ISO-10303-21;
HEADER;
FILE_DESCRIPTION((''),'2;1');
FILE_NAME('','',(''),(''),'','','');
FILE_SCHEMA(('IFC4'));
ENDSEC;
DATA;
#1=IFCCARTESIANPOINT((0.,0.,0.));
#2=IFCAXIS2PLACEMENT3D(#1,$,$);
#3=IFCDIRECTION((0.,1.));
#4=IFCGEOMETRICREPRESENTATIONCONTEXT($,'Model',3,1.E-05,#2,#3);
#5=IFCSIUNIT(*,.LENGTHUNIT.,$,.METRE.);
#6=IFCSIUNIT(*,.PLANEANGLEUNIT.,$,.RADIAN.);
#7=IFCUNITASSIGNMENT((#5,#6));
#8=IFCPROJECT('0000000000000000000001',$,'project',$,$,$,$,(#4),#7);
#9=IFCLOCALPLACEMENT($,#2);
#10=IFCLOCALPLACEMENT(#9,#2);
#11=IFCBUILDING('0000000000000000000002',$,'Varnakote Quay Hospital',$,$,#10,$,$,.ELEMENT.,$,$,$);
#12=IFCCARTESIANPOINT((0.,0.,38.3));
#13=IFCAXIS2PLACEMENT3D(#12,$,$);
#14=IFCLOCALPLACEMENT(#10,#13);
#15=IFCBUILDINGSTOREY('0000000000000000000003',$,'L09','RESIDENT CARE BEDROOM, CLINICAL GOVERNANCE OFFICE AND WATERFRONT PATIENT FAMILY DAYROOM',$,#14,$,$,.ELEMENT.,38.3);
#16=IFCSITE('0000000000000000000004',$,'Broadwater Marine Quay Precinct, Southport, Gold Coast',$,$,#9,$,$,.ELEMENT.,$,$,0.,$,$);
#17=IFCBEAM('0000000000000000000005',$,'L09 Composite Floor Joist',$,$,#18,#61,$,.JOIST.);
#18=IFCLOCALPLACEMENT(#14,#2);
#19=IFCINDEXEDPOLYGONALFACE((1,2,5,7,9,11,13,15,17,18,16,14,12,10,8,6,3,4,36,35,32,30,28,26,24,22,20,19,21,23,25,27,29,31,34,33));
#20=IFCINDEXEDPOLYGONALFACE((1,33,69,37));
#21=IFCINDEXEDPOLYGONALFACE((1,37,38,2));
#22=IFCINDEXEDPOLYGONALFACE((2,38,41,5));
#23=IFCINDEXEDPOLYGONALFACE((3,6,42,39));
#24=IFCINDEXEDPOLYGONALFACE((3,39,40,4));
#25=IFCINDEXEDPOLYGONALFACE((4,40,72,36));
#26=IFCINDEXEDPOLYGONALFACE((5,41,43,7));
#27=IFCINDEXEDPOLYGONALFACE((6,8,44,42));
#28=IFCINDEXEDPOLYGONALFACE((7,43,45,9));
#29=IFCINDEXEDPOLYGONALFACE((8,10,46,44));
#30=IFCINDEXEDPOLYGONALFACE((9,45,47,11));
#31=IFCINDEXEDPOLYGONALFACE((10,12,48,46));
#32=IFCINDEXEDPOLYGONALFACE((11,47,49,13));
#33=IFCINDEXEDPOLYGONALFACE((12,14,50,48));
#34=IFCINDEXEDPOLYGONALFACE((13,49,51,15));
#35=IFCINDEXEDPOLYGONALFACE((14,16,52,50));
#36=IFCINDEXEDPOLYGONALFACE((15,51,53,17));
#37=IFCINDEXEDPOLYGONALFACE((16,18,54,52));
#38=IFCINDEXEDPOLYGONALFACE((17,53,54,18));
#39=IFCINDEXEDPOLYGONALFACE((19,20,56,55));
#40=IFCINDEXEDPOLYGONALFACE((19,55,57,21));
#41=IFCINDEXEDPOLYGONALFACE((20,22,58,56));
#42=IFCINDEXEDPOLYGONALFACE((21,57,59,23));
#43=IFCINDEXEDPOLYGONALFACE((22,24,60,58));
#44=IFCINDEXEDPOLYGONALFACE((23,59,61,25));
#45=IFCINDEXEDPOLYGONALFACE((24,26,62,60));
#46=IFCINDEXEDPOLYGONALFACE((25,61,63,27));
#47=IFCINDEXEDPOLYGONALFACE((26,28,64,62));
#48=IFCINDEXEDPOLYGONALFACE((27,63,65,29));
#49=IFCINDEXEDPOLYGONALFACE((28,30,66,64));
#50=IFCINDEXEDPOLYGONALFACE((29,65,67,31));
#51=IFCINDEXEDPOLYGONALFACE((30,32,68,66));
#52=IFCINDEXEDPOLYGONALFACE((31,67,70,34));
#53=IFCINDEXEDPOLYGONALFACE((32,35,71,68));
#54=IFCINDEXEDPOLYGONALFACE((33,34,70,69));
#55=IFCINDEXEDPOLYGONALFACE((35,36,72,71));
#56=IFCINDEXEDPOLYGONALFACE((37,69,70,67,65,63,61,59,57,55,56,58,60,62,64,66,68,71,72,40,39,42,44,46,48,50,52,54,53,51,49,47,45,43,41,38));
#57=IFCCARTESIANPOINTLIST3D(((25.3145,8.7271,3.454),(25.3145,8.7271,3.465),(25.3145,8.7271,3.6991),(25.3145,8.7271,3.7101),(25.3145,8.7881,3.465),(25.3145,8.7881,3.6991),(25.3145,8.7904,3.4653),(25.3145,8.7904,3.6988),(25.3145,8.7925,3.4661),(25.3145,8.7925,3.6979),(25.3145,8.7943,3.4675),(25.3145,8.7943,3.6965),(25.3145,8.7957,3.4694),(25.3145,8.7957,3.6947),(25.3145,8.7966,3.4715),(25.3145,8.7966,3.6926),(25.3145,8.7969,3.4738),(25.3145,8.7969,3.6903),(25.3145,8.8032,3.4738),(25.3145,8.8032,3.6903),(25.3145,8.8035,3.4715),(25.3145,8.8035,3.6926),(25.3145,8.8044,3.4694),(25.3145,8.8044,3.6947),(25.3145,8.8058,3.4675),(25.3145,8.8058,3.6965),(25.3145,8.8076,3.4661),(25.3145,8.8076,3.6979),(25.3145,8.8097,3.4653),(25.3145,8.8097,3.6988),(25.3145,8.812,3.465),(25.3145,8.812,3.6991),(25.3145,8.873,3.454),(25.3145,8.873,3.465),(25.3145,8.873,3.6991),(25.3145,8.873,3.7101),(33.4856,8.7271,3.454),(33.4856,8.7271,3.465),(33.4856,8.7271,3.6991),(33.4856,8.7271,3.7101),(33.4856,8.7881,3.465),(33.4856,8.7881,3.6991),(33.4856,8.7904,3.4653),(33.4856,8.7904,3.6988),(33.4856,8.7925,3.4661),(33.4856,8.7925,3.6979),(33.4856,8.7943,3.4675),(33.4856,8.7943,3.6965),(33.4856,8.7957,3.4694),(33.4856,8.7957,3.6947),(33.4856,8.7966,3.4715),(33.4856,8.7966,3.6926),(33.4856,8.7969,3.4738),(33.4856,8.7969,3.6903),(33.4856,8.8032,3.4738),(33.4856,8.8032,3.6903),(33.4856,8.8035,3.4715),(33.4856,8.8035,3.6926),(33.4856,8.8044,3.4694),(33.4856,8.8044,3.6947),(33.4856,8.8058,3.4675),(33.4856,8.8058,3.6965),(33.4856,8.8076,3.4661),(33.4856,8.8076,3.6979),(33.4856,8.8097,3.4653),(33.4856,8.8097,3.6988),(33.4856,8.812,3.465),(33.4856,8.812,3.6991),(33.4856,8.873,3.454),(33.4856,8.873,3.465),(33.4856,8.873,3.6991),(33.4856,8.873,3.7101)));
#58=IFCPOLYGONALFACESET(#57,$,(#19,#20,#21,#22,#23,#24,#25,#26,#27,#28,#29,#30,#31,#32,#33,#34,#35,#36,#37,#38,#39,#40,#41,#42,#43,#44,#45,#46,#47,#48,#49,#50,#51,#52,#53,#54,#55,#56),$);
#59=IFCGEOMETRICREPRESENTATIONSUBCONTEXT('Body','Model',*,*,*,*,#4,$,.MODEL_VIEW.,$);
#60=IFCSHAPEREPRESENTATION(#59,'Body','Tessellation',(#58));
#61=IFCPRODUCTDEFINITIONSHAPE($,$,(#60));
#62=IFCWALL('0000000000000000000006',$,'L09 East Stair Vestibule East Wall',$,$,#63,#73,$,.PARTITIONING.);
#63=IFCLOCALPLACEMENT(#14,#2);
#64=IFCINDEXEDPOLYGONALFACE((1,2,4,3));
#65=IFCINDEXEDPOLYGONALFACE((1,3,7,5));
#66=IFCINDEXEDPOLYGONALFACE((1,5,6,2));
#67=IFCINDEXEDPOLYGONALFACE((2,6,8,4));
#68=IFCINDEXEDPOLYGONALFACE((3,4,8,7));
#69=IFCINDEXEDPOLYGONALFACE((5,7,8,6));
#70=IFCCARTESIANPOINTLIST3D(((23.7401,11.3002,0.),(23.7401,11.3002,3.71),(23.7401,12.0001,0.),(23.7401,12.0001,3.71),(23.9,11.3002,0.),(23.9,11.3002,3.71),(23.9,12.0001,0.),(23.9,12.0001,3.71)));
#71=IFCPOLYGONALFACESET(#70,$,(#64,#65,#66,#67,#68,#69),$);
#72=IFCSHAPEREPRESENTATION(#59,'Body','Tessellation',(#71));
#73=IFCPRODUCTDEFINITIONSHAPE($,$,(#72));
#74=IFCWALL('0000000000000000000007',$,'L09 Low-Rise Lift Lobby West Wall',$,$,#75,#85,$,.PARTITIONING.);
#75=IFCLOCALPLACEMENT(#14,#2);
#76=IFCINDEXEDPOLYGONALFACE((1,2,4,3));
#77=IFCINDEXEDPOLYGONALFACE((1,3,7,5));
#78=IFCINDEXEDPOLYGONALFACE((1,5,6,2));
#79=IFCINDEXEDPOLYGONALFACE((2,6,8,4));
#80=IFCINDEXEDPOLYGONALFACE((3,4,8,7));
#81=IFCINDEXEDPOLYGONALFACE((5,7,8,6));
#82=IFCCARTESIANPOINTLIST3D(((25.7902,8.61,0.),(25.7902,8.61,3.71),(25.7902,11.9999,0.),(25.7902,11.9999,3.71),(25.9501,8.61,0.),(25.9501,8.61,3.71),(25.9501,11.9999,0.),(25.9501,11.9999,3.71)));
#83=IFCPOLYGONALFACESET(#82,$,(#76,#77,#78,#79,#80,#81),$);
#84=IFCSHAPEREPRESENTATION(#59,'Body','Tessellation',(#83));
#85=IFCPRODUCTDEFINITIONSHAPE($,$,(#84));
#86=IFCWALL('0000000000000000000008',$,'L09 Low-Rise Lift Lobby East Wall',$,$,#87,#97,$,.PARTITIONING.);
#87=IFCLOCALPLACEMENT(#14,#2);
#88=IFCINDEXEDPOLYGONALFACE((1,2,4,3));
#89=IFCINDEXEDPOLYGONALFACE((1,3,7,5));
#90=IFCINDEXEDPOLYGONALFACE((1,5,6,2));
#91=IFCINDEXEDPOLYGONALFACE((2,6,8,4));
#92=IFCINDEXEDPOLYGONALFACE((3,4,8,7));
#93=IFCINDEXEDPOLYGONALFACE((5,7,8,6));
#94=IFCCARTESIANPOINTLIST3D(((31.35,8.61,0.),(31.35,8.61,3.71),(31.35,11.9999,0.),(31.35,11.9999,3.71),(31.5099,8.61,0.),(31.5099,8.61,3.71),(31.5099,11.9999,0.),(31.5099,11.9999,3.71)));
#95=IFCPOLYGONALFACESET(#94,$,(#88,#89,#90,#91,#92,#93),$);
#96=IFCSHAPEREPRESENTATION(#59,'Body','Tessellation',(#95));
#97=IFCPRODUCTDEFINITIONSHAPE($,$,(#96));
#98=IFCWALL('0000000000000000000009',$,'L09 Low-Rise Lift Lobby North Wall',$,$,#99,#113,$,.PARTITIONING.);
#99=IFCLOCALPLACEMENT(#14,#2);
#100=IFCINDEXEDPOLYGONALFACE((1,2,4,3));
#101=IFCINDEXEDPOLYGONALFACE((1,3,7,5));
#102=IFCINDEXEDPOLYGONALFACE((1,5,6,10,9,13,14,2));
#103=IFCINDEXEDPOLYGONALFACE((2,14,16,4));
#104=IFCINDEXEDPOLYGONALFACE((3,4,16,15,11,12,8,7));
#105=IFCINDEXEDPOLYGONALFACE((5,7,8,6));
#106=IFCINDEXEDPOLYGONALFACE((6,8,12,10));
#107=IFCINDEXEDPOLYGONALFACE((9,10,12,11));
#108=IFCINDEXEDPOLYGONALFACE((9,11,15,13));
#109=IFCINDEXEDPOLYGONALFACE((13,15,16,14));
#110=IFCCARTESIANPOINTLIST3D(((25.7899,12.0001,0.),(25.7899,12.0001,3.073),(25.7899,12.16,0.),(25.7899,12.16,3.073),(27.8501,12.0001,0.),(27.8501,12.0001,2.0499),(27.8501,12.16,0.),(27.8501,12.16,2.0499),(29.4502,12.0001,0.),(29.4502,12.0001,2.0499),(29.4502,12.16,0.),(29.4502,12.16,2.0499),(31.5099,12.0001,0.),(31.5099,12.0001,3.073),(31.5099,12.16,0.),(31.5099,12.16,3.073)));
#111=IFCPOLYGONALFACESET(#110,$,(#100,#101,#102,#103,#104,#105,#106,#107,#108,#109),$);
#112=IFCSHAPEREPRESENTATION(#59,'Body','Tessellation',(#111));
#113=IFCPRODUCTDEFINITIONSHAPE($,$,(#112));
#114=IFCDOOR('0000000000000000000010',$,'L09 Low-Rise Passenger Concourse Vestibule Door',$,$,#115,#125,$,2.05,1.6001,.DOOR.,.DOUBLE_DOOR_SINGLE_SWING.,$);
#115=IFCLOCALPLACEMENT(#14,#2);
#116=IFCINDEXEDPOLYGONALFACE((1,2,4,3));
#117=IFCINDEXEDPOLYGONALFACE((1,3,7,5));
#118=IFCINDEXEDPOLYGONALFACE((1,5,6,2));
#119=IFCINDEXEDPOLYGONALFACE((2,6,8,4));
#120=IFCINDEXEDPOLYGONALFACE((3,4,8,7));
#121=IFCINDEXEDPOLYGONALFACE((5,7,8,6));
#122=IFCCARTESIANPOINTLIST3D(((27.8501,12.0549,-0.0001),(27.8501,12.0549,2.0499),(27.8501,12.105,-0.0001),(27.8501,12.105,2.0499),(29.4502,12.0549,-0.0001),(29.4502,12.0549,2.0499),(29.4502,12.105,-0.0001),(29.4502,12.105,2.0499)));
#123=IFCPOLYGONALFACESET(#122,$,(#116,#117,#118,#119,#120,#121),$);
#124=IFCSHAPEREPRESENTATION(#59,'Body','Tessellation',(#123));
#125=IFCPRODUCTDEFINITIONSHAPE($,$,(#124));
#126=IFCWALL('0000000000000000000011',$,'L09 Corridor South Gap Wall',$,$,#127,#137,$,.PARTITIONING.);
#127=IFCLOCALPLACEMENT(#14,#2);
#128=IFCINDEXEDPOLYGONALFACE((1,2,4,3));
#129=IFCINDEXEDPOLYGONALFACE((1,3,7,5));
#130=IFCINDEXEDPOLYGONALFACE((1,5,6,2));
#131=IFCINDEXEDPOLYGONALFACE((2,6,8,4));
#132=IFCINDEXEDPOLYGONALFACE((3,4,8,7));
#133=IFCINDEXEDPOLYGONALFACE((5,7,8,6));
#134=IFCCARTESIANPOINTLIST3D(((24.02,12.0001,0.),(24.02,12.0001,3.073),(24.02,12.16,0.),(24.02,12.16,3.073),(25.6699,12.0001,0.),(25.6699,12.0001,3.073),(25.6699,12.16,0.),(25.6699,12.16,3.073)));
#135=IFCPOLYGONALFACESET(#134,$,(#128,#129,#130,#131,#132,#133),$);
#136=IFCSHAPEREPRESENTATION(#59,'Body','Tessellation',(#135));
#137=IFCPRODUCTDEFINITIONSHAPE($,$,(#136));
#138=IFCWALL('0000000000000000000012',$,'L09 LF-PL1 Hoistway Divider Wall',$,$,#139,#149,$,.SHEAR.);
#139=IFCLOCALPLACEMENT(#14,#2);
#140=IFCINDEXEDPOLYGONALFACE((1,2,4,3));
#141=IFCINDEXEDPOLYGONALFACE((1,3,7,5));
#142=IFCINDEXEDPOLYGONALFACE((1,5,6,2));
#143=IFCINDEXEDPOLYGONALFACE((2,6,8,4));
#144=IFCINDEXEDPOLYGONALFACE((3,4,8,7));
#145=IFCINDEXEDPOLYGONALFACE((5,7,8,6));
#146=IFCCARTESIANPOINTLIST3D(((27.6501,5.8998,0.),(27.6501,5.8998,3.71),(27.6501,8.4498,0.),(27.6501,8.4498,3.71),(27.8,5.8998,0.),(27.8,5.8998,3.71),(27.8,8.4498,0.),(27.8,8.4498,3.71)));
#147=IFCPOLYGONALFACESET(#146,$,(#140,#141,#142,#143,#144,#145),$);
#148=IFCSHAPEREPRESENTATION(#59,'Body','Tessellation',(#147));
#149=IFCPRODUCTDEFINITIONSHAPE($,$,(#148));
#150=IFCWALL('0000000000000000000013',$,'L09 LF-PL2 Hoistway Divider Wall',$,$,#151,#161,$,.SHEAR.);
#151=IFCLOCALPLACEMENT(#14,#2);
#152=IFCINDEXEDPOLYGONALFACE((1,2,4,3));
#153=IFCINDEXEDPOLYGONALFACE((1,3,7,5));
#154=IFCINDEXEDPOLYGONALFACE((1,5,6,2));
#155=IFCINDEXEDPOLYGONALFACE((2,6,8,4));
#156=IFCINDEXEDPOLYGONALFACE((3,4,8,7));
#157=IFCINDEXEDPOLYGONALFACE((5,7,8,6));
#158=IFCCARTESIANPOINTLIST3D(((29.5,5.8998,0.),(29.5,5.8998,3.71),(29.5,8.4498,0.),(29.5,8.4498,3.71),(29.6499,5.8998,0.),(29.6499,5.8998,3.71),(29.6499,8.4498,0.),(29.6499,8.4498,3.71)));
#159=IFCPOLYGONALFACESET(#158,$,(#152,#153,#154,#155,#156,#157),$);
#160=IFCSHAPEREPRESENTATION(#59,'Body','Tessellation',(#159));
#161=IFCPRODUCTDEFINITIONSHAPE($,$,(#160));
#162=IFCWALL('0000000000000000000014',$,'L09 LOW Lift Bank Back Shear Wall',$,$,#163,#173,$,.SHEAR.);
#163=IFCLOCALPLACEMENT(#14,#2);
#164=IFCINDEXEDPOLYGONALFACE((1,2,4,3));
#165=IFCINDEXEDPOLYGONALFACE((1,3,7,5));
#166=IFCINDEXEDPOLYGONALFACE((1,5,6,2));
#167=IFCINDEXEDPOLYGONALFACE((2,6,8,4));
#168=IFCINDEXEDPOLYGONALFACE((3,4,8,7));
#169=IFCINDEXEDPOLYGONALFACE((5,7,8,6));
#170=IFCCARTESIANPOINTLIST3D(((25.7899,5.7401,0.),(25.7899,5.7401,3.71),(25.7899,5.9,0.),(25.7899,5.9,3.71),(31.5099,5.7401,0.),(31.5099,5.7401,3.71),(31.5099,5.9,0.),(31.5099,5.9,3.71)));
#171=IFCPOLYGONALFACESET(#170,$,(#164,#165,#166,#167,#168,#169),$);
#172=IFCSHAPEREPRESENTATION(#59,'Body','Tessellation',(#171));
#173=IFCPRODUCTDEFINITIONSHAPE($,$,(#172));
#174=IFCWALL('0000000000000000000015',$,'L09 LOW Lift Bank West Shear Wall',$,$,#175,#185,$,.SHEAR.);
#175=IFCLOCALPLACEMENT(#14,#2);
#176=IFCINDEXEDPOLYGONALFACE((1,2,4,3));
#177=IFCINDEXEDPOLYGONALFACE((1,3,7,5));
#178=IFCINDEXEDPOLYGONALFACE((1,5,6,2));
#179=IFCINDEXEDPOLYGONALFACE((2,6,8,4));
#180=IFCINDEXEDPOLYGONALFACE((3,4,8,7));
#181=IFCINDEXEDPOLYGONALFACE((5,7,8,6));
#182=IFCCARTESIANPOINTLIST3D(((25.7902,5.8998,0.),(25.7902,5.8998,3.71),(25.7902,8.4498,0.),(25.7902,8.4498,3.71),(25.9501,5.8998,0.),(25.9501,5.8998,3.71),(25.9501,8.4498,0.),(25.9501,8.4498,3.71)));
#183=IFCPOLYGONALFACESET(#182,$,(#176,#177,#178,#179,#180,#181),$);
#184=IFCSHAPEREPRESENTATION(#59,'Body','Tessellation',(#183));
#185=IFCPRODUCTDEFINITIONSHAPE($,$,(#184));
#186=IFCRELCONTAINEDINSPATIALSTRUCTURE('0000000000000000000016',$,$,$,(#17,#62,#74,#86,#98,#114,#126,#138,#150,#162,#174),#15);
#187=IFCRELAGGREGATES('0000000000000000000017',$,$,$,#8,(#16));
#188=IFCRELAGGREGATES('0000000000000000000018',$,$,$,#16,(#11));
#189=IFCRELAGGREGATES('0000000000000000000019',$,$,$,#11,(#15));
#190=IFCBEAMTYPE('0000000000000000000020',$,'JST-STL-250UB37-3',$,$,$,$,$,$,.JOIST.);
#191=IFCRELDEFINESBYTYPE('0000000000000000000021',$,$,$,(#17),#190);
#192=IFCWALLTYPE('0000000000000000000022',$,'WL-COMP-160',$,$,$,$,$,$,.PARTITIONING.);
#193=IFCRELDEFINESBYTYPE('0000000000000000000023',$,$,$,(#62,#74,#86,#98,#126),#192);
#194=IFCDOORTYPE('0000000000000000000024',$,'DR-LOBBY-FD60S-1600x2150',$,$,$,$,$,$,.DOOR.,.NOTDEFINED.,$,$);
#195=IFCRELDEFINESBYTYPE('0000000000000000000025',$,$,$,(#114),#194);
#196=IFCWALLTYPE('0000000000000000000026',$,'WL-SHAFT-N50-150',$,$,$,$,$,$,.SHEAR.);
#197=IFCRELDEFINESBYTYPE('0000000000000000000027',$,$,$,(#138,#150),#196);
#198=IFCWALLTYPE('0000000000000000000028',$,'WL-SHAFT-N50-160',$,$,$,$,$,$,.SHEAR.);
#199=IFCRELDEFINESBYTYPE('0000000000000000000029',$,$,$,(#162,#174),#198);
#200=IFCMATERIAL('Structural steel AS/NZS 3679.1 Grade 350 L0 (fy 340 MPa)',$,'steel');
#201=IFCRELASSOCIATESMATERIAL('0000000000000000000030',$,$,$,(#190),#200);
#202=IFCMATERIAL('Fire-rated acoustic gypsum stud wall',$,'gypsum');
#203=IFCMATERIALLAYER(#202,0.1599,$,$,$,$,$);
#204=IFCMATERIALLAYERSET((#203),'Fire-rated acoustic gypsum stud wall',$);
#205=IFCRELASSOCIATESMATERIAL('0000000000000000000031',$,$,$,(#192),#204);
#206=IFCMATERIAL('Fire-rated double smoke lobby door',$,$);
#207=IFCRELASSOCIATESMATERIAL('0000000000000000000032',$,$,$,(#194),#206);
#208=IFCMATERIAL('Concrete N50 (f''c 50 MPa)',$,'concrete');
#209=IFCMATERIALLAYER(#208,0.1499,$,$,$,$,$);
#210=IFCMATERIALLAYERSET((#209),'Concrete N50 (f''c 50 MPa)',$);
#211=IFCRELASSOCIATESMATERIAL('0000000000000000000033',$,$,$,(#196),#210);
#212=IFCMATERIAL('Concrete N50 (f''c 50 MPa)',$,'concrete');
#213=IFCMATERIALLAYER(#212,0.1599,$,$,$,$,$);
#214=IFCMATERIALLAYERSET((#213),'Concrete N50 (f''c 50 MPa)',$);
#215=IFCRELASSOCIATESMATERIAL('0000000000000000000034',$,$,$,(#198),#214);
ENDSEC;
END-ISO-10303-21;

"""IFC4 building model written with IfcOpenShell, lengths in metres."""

from ifc_helpers import new_model, si_unit, direction, frame, frame_2d, origin, origin_2d, place, context, subcontext, project, spatial, rectangle, i_section, extrude, material, layer, layer_set, material_profile, profile_set, type_object, element, fill, save


model = new_model("IFC4")

# Units and contexts
model_context = context("Model", 3, precision=1e-05, world=origin(), true_north=direction((0.0, 1.0)))
body_context = subcontext(model_context, "Body", "Model", "MODEL_VIEW")
ifc_project = project(units=[si_unit("LENGTHUNIT", "METRE"), si_unit("PLANEANGLEUNIT", "RADIAN")], contexts=[model_context])

# Site, building, storey
site_placement = place(None, origin())
site = spatial("IfcSite", under=ifc_project, at=site_placement, Name="Broadwater Marine Quay Precinct, Southport, Gold Coast", CompositionType="ELEMENT", RefElevation=0.0)
building_placement = place(site_placement, origin())
building = spatial("IfcBuilding", under=site, at=building_placement, Name="Varnakote Quay Hospital", CompositionType="ELEMENT")
storey_placement = place(building_placement, frame((0.0, 0.0, 38.3)))
storey = spatial("IfcBuildingStorey", under=building, at=storey_placement, Name="L09", Description="RESIDENT CARE BEDROOM, CLINICAL GOVERNANCE OFFICE AND WATERFRONT PATIENT FAMILY DAYROOM", CompositionType="ELEMENT", Elevation=38.3)

# Beam
ifc_material_1 = material(Name="Structural steel AS/NZS 3679.1 Grade 350 L0 (fy 340 MPa)", Category="steel")
ifc_material_profile_1 = material_profile(ifc_material_1, i_section(OverallWidth=0.146, OverallDepth=0.2561, WebThickness=0.0063, FlangeThickness=0.011, FilletRadius=0.0088, at=origin_2d()), Name="250UB37.3")
ifc_profile_set_1 = profile_set([ifc_material_profile_1], Name="Structural steel AS/NZS 3679.1 Grade 350 L0 (fy 340 MPa)")
beam_type_1 = type_object("IfcBeamType", Name="JST-STL-250UB37-3", PredefinedType="JOIST", material=ifc_profile_set_1)
beam_1_placement = place(storey_placement, frame((25.3145, 8.8, 3.582), z_axis=(1.0, 0.0, 0.0), x_axis=(0.0, 1.0, 0.0)))
element("IfcBeam", 1, at=beam_1_placement, inside=storey, type_object=beam_type_1, Name="L09 Composite Floor Joist", PredefinedType="JOIST", context=body_context, shape_type="SweptSolid", body=[
    extrude(i_section(OverallWidth=0.146, OverallDepth=0.2561, WebThickness=0.0063, FlangeThickness=0.011, FilletRadius=0.0088, at=origin_2d()), origin(), (0.0, 0.0, 1.0), 8.1711),
])

# Walls
ifc_material_2 = material(Name="Fire-rated acoustic gypsum stud wall", Category="gypsum")
ifc_layer_1 = layer(ifc_material_2, 0.1599)
ifc_layer_set_1 = layer_set([ifc_layer_1], Name="Fire-rated acoustic gypsum stud wall")
wall_type_1 = type_object("IfcWallType", Name="WL-COMP-160", PredefinedType="PARTITIONING", material=ifc_layer_set_1)
wall_1_placement = place(storey_placement, frame((23.8201, 11.3, 0.0), z_axis=(0.0, 0.0, 1.0), x_axis=(0.0, 1.0, 0.0)))
element("IfcWall", 2, at=wall_1_placement, inside=storey, type_object=wall_type_1, Name="L09 East Stair Vestibule East Wall", PredefinedType="PARTITIONING", context=body_context, shape_type="SweptSolid", body=[
    extrude(rectangle(XDim=0.7, YDim=0.1599, at=frame_2d((0.3501, 0.0))), origin(), (0.0, 0.0, 1.0), 3.71),
])
for number, where, z_axis, x_axis, name in (
    (3, (25.8701, 8.6101, 0.0), (0.0, 0.0, 1.0), (0.0, 1.0, 0.0), "L09 Low-Rise Lift Lobby West Wall"),
    (4, (31.4299, 8.6101, 0.0), (0.0, 0.0, 1.0), (0.0, 1.0, 0.0), "L09 Low-Rise Lift Lobby East Wall"),
):
    element("IfcWall", number, at=place(storey_placement, frame(where, z_axis=z_axis, x_axis=x_axis)), inside=storey, type_object=wall_type_1, Name=name, PredefinedType="PARTITIONING", context=body_context, shape_type="SweptSolid", body=[
        extrude(rectangle(XDim=3.3899, YDim=0.1599, at=frame_2d((1.6948, 0.0))), origin(), (0.0, 0.0, 1.0), 3.71),
    ])

# Wall, opening, door
wall_2_placement = place(storey_placement, frame((25.79, 12.0801, 0.0), z_axis=(0.0, 0.0, 1.0), x_axis=(1.0, 0.0, 0.0)))
wall_2 = element("IfcWall", 5, at=wall_2_placement, inside=storey, type_object=wall_type_1, Name="L09 Low-Rise Lift Lobby North Wall", PredefinedType="PARTITIONING", context=body_context, shape_type="SweptSolid", body=[
    extrude(rectangle(XDim=5.72, YDim=0.1599, at=frame_2d((2.8599, 0.0))), origin(), (0.0, 0.0, 1.0), 3.073),
])
opening_1_placement = place(wall_2_placement, frame((2.0601, 0.0, 0.0)))
opening_1 = element("IfcOpeningElement", 6, at=opening_1_placement, cuts=wall_2, PredefinedType="OPENING", context=body_context, shape_type="SweptSolid", body=[
    extrude(rectangle(XDim=1.6001, YDim=2.05, at=frame_2d((0.8, 1.0249))), frame((0.0, 0.0898, 0.0), z_axis=(0.0, -1.0, 0.0), x_axis=(1.0, 0.0, 0.0)), (0.0, 0.0, 1.0), 0.1799),
])
ifc_material_3 = material(Name="Fire-rated double smoke lobby door")
door_type_1 = type_object("IfcDoorType", Name="DR-LOBBY-FD60S-1600x2150", OperationType="NOTDEFINED", PredefinedType="DOOR", material=ifc_material_3)
door_1_placement = place(opening_1_placement, origin())
door_1 = element("IfcDoor", 7, at=door_1_placement, inside=storey, type_object=door_type_1, Name="L09 Low-Rise Passenger Concourse Vestibule Door", OperationType="DOUBLE_DOOR_SINGLE_SWING", OverallHeight=2.05, OverallWidth=1.6001, PredefinedType="DOOR", context=body_context, shape_type="SweptSolid", body=[
    extrude(rectangle(XDim=1.6001, YDim=2.05, at=frame_2d((0.8, 1.0249))), frame((0.0, 0.0249, 0.0), z_axis=(0.0, -1.0, 0.0), x_axis=(1.0, 0.0, 0.0)), (0.0, 0.0, 1.0), 0.05),
])
fill(opening_1, door_1)

# Walls
wall_3_placement = place(storey_placement, frame((24.02, 12.0801, 0.0), z_axis=(0.0, 0.0, 1.0), x_axis=(1.0, 0.0, 0.0)))
element("IfcWall", 8, at=wall_3_placement, inside=storey, type_object=wall_type_1, Name="L09 Corridor South Gap Wall", PredefinedType="PARTITIONING", context=body_context, shape_type="SweptSolid", body=[
    extrude(rectangle(XDim=1.6499, YDim=0.1599, at=frame_2d((0.825, 0.0))), origin(), (0.0, 0.0, 1.0), 3.073),
])
ifc_material_4 = material(Name="Concrete N50 (f'c 50 MPa)", Category="concrete")
ifc_layer_2 = layer(ifc_material_4, 0.1499)
ifc_layer_set_2 = layer_set([ifc_layer_2], Name="Concrete N50 (f'c 50 MPa)")
wall_type_2 = type_object("IfcWallType", Name="WL-SHAFT-N50-150", PredefinedType="SHEAR", material=ifc_layer_set_2)
for number, where, z_axis, x_axis, name in (
    (9, (27.7251, 5.8999, 0.0), (0.0, 0.0, 1.0), (0.0, 1.0, 0.0), "L09 LF-PL1 Hoistway Divider Wall"),
    (10, (29.575, 5.8999, 0.0), (0.0, 0.0, 1.0), (0.0, 1.0, 0.0), "L09 LF-PL2 Hoistway Divider Wall"),
):
    element("IfcWall", number, at=place(storey_placement, frame(where, z_axis=z_axis, x_axis=x_axis)), inside=storey, type_object=wall_type_2, Name=name, PredefinedType="SHEAR", context=body_context, shape_type="SweptSolid", body=[
        extrude(rectangle(XDim=2.55, YDim=0.1499, at=frame_2d((1.2749, 0.0))), origin(), (0.0, 0.0, 1.0), 3.71),
    ])
ifc_material_5 = material(Name="Concrete N50 (f'c 50 MPa)", Category="concrete")
ifc_layer_3 = layer(ifc_material_5, 0.1599)
ifc_layer_set_3 = layer_set([ifc_layer_3], Name="Concrete N50 (f'c 50 MPa)")
wall_type_3 = type_object("IfcWallType", Name="WL-SHAFT-N50-160", PredefinedType="SHEAR", material=ifc_layer_set_3)
wall_4_placement = place(storey_placement, frame((25.79, 5.8201, 0.0), z_axis=(0.0, 0.0, 1.0), x_axis=(1.0, 0.0, 0.0)))
element("IfcWall", 11, at=wall_4_placement, inside=storey, type_object=wall_type_3, Name="L09 LOW Lift Bank Back Shear Wall", PredefinedType="SHEAR", context=body_context, shape_type="SweptSolid", body=[
    extrude(rectangle(XDim=5.72, YDim=0.1599, at=frame_2d((2.8599, 0.0))), origin(), (0.0, 0.0, 1.0), 3.71),
])
for number, where, z_axis, x_axis, name in (
    (12, (25.8701, 5.8999, 0.0), (0.0, 0.0, 1.0), (0.0, 1.0, 0.0), "L09 LOW Lift Bank West Shear Wall"),
):
    element("IfcWall", number, at=place(storey_placement, frame(where, z_axis=z_axis, x_axis=x_axis)), inside=storey, type_object=wall_type_3, Name=name, PredefinedType="SHEAR", context=body_context, shape_type="SweptSolid", body=[
        extrude(rectangle(XDim=2.55, YDim=0.1599, at=frame_2d((1.2749, 0.0))), origin(), (0.0, 0.0, 1.0), 3.71),
    ])

save(model, "model.ifc")
